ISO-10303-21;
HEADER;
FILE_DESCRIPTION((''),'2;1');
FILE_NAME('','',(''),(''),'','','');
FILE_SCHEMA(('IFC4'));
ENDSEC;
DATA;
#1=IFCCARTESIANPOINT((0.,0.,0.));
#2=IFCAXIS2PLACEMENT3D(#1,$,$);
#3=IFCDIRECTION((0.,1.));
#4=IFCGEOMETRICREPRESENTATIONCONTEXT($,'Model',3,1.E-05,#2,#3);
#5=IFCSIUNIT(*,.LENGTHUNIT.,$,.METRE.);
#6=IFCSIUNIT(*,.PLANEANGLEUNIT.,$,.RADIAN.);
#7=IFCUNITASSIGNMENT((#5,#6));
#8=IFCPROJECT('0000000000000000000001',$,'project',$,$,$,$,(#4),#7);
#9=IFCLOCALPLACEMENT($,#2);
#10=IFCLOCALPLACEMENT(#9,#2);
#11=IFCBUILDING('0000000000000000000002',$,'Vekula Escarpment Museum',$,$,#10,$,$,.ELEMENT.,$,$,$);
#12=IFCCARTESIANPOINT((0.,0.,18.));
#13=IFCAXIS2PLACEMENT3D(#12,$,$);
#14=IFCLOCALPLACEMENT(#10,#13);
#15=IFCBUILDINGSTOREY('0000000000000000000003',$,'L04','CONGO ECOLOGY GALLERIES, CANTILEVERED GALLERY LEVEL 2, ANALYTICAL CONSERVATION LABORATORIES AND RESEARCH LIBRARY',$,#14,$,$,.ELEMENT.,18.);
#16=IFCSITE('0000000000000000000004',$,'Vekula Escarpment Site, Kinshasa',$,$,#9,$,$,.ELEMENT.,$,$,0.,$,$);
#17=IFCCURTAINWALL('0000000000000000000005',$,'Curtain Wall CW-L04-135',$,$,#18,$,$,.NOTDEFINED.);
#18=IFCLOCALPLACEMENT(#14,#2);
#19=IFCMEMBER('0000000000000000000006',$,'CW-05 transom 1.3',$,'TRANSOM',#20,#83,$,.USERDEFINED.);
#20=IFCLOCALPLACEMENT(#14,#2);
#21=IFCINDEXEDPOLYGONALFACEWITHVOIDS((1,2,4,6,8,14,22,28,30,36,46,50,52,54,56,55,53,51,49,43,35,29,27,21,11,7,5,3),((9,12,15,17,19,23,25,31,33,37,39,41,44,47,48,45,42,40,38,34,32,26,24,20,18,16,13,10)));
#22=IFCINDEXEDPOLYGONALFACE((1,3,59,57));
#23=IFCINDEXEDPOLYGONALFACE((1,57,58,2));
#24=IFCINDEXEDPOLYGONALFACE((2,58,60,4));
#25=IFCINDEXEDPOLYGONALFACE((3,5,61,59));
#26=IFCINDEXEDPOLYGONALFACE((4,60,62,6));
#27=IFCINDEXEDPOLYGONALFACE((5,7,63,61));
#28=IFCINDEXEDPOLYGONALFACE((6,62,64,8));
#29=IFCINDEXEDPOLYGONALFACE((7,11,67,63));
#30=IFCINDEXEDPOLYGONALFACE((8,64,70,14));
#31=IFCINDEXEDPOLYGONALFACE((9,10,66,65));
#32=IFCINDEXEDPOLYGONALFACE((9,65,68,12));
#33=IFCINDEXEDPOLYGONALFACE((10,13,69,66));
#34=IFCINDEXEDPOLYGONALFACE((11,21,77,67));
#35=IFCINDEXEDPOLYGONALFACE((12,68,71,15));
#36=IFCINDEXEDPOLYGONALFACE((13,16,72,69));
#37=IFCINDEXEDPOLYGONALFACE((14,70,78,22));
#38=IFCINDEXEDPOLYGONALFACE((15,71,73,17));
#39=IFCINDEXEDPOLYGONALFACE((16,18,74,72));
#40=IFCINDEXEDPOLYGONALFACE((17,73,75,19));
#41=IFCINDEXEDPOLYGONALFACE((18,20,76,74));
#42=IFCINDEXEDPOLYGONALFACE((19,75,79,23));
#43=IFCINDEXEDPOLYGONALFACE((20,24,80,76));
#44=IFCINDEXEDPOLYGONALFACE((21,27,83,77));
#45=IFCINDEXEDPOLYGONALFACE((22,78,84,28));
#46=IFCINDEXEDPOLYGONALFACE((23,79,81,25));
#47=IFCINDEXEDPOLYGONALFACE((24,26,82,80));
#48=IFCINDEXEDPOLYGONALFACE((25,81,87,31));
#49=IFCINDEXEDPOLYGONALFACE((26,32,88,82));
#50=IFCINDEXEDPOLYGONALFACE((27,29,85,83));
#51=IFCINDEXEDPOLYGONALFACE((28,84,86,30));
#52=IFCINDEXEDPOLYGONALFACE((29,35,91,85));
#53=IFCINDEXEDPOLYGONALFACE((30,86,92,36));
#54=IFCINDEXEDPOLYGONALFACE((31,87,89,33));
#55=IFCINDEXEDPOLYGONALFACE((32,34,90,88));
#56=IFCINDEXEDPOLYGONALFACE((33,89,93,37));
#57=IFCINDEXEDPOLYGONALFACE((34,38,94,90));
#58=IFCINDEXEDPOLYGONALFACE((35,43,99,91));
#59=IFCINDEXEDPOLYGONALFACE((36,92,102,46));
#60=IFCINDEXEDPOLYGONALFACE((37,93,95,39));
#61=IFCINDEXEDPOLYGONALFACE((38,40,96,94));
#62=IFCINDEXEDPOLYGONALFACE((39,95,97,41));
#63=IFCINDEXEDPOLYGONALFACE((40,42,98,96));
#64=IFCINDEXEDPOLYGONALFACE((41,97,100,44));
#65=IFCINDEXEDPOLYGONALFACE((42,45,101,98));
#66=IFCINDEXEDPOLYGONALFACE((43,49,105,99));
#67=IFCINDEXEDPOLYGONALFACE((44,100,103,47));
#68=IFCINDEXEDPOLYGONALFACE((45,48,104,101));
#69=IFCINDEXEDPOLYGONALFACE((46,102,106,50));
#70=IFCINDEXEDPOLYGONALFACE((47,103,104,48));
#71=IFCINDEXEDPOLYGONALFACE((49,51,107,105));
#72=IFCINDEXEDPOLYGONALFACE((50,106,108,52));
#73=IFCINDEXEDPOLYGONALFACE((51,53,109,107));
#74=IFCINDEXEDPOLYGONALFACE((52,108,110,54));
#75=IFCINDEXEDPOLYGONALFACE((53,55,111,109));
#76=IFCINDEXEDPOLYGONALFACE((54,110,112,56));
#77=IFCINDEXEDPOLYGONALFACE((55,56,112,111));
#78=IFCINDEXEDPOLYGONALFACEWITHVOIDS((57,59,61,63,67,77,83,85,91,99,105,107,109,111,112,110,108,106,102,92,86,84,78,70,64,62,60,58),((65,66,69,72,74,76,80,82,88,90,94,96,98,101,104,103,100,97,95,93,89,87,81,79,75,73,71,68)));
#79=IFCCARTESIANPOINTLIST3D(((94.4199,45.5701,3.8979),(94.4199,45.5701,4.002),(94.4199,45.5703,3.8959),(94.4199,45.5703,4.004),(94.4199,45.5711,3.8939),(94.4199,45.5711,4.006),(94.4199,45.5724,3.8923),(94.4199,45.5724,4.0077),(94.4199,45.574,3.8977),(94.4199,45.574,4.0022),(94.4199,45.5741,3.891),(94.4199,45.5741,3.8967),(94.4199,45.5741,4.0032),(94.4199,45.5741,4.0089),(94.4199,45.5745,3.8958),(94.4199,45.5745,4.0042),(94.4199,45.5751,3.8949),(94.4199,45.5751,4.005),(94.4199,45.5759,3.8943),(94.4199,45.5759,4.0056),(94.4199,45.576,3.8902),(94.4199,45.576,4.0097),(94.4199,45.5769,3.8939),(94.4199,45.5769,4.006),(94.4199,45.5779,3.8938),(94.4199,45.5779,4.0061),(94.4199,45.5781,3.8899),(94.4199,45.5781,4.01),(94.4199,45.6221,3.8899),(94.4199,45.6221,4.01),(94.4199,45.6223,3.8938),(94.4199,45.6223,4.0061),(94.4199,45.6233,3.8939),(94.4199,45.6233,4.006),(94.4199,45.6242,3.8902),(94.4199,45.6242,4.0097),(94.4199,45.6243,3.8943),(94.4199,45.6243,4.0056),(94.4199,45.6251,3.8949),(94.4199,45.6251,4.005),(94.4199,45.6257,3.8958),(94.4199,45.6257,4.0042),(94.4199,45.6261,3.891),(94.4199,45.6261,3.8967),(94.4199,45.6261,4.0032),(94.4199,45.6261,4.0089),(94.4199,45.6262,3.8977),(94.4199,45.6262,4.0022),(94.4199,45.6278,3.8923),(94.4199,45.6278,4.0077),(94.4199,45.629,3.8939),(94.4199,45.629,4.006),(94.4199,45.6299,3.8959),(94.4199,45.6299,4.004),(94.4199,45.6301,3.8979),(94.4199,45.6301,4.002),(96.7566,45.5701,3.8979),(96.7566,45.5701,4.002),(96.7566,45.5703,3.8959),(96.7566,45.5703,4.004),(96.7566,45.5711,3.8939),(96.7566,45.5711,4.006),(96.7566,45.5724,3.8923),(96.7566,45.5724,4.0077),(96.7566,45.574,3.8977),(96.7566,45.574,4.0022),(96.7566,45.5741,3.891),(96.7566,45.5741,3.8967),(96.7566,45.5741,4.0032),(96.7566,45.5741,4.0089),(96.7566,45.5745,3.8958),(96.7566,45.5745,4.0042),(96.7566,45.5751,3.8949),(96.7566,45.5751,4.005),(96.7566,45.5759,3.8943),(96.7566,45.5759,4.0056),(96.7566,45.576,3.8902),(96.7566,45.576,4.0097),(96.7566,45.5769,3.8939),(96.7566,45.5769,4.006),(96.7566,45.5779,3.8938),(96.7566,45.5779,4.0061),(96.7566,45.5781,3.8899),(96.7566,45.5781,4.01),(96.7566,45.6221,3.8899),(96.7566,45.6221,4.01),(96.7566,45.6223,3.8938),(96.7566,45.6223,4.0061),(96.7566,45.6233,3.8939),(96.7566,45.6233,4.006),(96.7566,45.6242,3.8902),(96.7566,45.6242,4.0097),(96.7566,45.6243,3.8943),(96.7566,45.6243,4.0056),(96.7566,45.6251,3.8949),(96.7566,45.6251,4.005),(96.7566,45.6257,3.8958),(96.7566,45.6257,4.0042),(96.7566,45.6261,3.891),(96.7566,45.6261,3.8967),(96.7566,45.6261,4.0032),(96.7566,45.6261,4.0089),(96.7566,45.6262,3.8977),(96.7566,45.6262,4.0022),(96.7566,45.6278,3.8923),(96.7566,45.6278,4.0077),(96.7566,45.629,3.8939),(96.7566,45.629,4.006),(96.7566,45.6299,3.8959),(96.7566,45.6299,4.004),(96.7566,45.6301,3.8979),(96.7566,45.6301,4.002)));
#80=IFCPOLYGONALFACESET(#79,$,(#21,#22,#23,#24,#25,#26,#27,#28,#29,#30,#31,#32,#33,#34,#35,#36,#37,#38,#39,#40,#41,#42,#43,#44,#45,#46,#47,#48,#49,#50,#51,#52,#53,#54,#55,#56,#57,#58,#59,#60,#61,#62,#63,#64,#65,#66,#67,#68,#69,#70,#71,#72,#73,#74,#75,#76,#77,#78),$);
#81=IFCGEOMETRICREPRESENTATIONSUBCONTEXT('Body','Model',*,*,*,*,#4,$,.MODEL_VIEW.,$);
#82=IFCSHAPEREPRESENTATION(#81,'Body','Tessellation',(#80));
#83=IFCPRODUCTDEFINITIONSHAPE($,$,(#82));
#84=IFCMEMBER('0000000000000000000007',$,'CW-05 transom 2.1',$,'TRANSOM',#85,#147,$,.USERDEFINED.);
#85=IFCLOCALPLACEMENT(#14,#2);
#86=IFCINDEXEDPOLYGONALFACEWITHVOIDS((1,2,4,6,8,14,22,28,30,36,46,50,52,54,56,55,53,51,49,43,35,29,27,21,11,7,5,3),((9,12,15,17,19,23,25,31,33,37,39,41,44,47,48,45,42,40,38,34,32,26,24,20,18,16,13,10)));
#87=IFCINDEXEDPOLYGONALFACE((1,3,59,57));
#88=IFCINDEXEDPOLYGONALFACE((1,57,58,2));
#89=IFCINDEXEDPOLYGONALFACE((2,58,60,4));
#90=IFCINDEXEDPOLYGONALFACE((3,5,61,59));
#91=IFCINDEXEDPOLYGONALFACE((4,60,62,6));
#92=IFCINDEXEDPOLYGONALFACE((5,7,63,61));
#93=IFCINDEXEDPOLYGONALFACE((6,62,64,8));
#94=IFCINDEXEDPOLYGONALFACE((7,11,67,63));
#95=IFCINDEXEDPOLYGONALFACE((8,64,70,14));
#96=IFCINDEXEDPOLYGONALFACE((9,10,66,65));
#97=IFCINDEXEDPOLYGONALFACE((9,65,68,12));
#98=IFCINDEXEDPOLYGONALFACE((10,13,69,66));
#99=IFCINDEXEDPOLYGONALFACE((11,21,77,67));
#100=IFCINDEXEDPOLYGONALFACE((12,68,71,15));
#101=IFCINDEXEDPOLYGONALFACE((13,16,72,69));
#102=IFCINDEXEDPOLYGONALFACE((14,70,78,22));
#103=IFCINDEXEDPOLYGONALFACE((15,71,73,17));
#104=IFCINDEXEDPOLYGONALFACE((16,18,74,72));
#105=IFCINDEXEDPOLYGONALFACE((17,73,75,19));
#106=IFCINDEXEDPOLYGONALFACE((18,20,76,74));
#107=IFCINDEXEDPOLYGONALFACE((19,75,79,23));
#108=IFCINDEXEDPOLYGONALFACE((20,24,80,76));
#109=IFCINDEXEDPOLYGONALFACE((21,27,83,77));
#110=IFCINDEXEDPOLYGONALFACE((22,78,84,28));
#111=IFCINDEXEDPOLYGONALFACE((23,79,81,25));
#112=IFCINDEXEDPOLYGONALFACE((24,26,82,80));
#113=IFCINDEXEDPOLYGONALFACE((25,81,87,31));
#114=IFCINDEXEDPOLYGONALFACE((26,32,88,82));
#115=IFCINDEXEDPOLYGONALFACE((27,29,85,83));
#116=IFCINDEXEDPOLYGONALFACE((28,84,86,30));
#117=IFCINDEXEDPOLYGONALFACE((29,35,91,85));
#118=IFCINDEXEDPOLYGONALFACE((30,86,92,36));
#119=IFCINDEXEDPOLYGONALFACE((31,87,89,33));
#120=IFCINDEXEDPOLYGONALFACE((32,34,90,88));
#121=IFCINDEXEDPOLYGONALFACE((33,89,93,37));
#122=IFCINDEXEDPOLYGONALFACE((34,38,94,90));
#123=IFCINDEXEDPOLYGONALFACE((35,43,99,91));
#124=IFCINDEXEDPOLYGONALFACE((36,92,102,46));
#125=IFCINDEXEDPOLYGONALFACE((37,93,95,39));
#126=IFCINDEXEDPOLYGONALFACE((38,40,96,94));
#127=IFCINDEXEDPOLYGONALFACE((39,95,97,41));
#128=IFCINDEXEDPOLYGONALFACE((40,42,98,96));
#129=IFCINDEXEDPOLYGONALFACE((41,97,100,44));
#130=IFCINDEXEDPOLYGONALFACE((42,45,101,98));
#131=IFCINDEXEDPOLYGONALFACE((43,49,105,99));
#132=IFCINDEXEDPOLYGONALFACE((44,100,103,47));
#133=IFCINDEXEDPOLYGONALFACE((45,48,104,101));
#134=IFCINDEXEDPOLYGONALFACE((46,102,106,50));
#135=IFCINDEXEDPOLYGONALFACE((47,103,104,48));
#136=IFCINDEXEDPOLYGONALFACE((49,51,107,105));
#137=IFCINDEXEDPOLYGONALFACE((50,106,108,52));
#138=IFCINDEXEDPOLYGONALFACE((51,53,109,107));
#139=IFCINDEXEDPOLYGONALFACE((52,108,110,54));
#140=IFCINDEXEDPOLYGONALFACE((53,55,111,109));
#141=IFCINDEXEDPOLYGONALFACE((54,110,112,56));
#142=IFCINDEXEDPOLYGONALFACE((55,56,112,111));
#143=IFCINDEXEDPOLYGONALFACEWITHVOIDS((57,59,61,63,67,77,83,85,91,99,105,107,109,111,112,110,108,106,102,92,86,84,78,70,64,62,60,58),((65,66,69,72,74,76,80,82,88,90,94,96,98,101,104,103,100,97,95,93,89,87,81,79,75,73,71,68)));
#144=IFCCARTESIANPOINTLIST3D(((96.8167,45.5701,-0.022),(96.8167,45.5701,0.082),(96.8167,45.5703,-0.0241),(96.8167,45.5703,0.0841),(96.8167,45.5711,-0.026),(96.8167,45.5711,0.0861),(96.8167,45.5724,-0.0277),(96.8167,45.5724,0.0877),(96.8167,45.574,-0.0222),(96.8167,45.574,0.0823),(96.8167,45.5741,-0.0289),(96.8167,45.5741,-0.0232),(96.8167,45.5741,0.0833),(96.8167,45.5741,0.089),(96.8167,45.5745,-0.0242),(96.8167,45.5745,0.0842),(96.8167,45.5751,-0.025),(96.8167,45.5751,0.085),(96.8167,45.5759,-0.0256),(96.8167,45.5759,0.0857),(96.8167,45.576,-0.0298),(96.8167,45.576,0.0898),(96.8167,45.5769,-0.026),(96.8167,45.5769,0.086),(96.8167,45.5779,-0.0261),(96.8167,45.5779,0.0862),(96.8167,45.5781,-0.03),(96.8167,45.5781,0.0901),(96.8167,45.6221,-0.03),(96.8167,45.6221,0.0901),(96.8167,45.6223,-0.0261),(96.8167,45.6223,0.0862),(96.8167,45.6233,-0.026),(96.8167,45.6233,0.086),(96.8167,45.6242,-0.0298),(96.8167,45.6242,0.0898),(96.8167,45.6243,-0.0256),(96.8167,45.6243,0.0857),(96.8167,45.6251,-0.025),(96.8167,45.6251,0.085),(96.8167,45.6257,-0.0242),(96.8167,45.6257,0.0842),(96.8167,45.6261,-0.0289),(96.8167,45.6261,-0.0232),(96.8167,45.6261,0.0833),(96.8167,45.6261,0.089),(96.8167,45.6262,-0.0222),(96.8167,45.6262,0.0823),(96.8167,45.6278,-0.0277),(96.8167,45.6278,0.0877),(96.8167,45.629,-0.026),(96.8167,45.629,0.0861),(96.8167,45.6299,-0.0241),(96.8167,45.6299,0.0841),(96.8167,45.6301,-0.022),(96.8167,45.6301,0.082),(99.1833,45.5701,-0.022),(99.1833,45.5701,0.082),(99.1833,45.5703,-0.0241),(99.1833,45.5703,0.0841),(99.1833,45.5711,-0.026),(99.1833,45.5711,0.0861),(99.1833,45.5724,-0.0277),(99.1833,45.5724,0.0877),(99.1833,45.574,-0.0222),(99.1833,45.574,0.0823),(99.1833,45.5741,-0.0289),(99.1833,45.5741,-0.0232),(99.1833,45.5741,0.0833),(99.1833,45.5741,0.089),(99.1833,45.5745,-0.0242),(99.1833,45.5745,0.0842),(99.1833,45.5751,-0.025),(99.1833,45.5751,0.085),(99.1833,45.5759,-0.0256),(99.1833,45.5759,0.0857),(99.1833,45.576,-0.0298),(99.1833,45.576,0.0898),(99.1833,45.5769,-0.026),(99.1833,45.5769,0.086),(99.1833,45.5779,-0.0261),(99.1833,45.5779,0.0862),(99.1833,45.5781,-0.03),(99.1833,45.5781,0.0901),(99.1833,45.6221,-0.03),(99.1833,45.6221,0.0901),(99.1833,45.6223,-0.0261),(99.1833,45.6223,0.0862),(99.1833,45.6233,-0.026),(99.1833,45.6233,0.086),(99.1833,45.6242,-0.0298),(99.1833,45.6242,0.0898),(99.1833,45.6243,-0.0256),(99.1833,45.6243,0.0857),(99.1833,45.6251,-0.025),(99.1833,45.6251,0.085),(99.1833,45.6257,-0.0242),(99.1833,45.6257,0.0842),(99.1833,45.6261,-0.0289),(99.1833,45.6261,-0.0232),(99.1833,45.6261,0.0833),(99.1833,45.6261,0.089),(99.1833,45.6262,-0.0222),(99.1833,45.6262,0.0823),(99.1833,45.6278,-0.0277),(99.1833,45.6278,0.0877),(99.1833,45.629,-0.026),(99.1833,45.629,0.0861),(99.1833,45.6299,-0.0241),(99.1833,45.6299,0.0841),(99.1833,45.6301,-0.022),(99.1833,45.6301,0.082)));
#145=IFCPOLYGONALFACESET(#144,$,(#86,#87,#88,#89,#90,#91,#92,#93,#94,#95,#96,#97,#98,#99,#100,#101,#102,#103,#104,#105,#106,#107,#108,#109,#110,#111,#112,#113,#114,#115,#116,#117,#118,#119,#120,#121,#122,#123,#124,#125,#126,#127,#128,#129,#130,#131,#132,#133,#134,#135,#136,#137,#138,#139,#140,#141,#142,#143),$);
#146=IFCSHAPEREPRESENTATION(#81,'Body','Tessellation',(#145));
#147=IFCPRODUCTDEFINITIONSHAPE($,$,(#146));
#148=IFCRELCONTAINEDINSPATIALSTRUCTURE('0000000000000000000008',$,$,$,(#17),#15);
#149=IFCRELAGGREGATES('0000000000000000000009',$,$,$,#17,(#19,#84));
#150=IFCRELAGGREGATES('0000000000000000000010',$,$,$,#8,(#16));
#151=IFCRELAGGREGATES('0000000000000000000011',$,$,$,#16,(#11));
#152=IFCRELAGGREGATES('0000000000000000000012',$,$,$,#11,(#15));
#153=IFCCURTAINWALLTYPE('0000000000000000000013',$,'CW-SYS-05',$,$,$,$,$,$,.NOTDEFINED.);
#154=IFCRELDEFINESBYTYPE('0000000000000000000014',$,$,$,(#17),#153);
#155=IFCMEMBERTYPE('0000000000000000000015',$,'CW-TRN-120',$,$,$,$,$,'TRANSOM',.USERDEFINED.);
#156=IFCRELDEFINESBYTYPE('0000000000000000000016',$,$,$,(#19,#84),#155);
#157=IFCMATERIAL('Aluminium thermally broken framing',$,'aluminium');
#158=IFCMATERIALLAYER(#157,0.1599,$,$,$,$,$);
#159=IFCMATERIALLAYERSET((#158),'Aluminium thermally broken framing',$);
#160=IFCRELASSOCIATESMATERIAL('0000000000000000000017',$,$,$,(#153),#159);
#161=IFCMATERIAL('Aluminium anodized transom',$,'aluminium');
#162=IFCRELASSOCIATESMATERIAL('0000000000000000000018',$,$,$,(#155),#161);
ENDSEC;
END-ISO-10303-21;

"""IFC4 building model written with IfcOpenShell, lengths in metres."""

from ifc_helpers import new_model, si_unit, direction, frame, origin, origin_2d, place, context, subcontext, project, spatial, hollow_rectangle, extrude, material, layer, layer_set, material_profile, profile_set, type_object, element, aggregate, save


model = new_model("IFC4")

# Units and contexts
model_context = context("Model", 3, precision=1e-05, world=origin(), true_north=direction((0.0, 1.0)))
body_context = subcontext(model_context, "Body", "Model", "MODEL_VIEW")
ifc_project = project(units=[si_unit("LENGTHUNIT", "METRE"), si_unit("PLANEANGLEUNIT", "RADIAN")], contexts=[model_context])

# Site, building, storey
site_placement = place(None, origin())
site = spatial("IfcSite", under=ifc_project, at=site_placement, Name="Vekula Escarpment Site, Kinshasa", CompositionType="ELEMENT", RefElevation=0.0)
building_placement = place(site_placement, origin())
building = spatial("IfcBuilding", under=site, at=building_placement, Name="Vekula Escarpment Museum", CompositionType="ELEMENT")
storey_placement = place(building_placement, frame((0.0, 0.0, 18.0)))
storey = spatial("IfcBuildingStorey", under=building, at=storey_placement, Name="L04", Description="CONGO ECOLOGY GALLERIES, CANTILEVERED GALLERY LEVEL 2, ANALYTICAL CONSERVATION LABORATORIES AND RESEARCH LIBRARY", CompositionType="ELEMENT", Elevation=18.0)

# Curtain wall
ifc_material_1 = material(Name="Aluminium thermally broken framing", Category="aluminium")
ifc_layer_1 = layer(ifc_material_1, 0.1599)
ifc_layer_set_1 = layer_set([ifc_layer_1], Name="Aluminium thermally broken framing")
curtain_wall_type_1 = type_object("IfcCurtainWallType", Name="CW-SYS-05", PredefinedType="NOTDEFINED", material=ifc_layer_set_1)
curtain_wall_1_placement = place(storey_placement, origin())
curtain_wall_1 = element("IfcCurtainWall", 1, at=curtain_wall_1_placement, inside=storey, type_object=curtain_wall_type_1, Name="Curtain Wall CW-L04-135", PredefinedType="NOTDEFINED")

# Members
ifc_material_2 = material(Name="Aluminium anodized transom", Category="aluminium")
ifc_material_profile_1 = material_profile(ifc_material_2, hollow_rectangle(XDim=0.0601, YDim=0.1201, WallThickness=0.0039, InnerFilletRadius=0.0039, OuterFilletRadius=0.0081, at=origin_2d()), Name="ALU 120x60x4")
ifc_profile_set_1 = profile_set([ifc_material_profile_1], Name="Aluminium anodized transom")
member_type_1 = type_object("IfcMemberType", Name="CW-TRN-120", ElementType="TRANSOM", PredefinedType="USERDEFINED", material=ifc_profile_set_1)
member_1_placement = place(storey_placement, frame((94.4199, 45.6001, 3.95), z_axis=(1.0, 0.0, 0.0), x_axis=(0.0, 1.0, 0.0)))
member_1 = element("IfcMember", 2, at=member_1_placement, type_object=member_type_1, Name="CW-05 transom 1.3", ObjectType="TRANSOM", PredefinedType="USERDEFINED", context=body_context, shape_type="SweptSolid", body=[
    extrude(hollow_rectangle(XDim=0.0601, YDim=0.1201, WallThickness=0.0039, InnerFilletRadius=0.0039, OuterFilletRadius=0.0081, at=origin_2d()), origin(), (0.0, 0.0, 1.0), 2.3367),
])
member_2_placement = place(storey_placement, frame((96.8167, 45.6001, 0.03), z_axis=(1.0, 0.0, 0.0), x_axis=(0.0, 1.0, 0.0)))
member_2 = element("IfcMember", 3, at=member_2_placement, type_object=member_type_1, Name="CW-05 transom 2.1", ObjectType="TRANSOM", PredefinedType="USERDEFINED", context=body_context, shape_type="SweptSolid", body=[
    extrude(hollow_rectangle(XDim=0.0601, YDim=0.1201, WallThickness=0.0039, InnerFilletRadius=0.0039, OuterFilletRadius=0.0081, at=origin_2d()), origin(), (0.0, 0.0, 1.0), 2.3667),
])

aggregate(curtain_wall_1, [member_1, member_2])

save(model, "model.ifc")
